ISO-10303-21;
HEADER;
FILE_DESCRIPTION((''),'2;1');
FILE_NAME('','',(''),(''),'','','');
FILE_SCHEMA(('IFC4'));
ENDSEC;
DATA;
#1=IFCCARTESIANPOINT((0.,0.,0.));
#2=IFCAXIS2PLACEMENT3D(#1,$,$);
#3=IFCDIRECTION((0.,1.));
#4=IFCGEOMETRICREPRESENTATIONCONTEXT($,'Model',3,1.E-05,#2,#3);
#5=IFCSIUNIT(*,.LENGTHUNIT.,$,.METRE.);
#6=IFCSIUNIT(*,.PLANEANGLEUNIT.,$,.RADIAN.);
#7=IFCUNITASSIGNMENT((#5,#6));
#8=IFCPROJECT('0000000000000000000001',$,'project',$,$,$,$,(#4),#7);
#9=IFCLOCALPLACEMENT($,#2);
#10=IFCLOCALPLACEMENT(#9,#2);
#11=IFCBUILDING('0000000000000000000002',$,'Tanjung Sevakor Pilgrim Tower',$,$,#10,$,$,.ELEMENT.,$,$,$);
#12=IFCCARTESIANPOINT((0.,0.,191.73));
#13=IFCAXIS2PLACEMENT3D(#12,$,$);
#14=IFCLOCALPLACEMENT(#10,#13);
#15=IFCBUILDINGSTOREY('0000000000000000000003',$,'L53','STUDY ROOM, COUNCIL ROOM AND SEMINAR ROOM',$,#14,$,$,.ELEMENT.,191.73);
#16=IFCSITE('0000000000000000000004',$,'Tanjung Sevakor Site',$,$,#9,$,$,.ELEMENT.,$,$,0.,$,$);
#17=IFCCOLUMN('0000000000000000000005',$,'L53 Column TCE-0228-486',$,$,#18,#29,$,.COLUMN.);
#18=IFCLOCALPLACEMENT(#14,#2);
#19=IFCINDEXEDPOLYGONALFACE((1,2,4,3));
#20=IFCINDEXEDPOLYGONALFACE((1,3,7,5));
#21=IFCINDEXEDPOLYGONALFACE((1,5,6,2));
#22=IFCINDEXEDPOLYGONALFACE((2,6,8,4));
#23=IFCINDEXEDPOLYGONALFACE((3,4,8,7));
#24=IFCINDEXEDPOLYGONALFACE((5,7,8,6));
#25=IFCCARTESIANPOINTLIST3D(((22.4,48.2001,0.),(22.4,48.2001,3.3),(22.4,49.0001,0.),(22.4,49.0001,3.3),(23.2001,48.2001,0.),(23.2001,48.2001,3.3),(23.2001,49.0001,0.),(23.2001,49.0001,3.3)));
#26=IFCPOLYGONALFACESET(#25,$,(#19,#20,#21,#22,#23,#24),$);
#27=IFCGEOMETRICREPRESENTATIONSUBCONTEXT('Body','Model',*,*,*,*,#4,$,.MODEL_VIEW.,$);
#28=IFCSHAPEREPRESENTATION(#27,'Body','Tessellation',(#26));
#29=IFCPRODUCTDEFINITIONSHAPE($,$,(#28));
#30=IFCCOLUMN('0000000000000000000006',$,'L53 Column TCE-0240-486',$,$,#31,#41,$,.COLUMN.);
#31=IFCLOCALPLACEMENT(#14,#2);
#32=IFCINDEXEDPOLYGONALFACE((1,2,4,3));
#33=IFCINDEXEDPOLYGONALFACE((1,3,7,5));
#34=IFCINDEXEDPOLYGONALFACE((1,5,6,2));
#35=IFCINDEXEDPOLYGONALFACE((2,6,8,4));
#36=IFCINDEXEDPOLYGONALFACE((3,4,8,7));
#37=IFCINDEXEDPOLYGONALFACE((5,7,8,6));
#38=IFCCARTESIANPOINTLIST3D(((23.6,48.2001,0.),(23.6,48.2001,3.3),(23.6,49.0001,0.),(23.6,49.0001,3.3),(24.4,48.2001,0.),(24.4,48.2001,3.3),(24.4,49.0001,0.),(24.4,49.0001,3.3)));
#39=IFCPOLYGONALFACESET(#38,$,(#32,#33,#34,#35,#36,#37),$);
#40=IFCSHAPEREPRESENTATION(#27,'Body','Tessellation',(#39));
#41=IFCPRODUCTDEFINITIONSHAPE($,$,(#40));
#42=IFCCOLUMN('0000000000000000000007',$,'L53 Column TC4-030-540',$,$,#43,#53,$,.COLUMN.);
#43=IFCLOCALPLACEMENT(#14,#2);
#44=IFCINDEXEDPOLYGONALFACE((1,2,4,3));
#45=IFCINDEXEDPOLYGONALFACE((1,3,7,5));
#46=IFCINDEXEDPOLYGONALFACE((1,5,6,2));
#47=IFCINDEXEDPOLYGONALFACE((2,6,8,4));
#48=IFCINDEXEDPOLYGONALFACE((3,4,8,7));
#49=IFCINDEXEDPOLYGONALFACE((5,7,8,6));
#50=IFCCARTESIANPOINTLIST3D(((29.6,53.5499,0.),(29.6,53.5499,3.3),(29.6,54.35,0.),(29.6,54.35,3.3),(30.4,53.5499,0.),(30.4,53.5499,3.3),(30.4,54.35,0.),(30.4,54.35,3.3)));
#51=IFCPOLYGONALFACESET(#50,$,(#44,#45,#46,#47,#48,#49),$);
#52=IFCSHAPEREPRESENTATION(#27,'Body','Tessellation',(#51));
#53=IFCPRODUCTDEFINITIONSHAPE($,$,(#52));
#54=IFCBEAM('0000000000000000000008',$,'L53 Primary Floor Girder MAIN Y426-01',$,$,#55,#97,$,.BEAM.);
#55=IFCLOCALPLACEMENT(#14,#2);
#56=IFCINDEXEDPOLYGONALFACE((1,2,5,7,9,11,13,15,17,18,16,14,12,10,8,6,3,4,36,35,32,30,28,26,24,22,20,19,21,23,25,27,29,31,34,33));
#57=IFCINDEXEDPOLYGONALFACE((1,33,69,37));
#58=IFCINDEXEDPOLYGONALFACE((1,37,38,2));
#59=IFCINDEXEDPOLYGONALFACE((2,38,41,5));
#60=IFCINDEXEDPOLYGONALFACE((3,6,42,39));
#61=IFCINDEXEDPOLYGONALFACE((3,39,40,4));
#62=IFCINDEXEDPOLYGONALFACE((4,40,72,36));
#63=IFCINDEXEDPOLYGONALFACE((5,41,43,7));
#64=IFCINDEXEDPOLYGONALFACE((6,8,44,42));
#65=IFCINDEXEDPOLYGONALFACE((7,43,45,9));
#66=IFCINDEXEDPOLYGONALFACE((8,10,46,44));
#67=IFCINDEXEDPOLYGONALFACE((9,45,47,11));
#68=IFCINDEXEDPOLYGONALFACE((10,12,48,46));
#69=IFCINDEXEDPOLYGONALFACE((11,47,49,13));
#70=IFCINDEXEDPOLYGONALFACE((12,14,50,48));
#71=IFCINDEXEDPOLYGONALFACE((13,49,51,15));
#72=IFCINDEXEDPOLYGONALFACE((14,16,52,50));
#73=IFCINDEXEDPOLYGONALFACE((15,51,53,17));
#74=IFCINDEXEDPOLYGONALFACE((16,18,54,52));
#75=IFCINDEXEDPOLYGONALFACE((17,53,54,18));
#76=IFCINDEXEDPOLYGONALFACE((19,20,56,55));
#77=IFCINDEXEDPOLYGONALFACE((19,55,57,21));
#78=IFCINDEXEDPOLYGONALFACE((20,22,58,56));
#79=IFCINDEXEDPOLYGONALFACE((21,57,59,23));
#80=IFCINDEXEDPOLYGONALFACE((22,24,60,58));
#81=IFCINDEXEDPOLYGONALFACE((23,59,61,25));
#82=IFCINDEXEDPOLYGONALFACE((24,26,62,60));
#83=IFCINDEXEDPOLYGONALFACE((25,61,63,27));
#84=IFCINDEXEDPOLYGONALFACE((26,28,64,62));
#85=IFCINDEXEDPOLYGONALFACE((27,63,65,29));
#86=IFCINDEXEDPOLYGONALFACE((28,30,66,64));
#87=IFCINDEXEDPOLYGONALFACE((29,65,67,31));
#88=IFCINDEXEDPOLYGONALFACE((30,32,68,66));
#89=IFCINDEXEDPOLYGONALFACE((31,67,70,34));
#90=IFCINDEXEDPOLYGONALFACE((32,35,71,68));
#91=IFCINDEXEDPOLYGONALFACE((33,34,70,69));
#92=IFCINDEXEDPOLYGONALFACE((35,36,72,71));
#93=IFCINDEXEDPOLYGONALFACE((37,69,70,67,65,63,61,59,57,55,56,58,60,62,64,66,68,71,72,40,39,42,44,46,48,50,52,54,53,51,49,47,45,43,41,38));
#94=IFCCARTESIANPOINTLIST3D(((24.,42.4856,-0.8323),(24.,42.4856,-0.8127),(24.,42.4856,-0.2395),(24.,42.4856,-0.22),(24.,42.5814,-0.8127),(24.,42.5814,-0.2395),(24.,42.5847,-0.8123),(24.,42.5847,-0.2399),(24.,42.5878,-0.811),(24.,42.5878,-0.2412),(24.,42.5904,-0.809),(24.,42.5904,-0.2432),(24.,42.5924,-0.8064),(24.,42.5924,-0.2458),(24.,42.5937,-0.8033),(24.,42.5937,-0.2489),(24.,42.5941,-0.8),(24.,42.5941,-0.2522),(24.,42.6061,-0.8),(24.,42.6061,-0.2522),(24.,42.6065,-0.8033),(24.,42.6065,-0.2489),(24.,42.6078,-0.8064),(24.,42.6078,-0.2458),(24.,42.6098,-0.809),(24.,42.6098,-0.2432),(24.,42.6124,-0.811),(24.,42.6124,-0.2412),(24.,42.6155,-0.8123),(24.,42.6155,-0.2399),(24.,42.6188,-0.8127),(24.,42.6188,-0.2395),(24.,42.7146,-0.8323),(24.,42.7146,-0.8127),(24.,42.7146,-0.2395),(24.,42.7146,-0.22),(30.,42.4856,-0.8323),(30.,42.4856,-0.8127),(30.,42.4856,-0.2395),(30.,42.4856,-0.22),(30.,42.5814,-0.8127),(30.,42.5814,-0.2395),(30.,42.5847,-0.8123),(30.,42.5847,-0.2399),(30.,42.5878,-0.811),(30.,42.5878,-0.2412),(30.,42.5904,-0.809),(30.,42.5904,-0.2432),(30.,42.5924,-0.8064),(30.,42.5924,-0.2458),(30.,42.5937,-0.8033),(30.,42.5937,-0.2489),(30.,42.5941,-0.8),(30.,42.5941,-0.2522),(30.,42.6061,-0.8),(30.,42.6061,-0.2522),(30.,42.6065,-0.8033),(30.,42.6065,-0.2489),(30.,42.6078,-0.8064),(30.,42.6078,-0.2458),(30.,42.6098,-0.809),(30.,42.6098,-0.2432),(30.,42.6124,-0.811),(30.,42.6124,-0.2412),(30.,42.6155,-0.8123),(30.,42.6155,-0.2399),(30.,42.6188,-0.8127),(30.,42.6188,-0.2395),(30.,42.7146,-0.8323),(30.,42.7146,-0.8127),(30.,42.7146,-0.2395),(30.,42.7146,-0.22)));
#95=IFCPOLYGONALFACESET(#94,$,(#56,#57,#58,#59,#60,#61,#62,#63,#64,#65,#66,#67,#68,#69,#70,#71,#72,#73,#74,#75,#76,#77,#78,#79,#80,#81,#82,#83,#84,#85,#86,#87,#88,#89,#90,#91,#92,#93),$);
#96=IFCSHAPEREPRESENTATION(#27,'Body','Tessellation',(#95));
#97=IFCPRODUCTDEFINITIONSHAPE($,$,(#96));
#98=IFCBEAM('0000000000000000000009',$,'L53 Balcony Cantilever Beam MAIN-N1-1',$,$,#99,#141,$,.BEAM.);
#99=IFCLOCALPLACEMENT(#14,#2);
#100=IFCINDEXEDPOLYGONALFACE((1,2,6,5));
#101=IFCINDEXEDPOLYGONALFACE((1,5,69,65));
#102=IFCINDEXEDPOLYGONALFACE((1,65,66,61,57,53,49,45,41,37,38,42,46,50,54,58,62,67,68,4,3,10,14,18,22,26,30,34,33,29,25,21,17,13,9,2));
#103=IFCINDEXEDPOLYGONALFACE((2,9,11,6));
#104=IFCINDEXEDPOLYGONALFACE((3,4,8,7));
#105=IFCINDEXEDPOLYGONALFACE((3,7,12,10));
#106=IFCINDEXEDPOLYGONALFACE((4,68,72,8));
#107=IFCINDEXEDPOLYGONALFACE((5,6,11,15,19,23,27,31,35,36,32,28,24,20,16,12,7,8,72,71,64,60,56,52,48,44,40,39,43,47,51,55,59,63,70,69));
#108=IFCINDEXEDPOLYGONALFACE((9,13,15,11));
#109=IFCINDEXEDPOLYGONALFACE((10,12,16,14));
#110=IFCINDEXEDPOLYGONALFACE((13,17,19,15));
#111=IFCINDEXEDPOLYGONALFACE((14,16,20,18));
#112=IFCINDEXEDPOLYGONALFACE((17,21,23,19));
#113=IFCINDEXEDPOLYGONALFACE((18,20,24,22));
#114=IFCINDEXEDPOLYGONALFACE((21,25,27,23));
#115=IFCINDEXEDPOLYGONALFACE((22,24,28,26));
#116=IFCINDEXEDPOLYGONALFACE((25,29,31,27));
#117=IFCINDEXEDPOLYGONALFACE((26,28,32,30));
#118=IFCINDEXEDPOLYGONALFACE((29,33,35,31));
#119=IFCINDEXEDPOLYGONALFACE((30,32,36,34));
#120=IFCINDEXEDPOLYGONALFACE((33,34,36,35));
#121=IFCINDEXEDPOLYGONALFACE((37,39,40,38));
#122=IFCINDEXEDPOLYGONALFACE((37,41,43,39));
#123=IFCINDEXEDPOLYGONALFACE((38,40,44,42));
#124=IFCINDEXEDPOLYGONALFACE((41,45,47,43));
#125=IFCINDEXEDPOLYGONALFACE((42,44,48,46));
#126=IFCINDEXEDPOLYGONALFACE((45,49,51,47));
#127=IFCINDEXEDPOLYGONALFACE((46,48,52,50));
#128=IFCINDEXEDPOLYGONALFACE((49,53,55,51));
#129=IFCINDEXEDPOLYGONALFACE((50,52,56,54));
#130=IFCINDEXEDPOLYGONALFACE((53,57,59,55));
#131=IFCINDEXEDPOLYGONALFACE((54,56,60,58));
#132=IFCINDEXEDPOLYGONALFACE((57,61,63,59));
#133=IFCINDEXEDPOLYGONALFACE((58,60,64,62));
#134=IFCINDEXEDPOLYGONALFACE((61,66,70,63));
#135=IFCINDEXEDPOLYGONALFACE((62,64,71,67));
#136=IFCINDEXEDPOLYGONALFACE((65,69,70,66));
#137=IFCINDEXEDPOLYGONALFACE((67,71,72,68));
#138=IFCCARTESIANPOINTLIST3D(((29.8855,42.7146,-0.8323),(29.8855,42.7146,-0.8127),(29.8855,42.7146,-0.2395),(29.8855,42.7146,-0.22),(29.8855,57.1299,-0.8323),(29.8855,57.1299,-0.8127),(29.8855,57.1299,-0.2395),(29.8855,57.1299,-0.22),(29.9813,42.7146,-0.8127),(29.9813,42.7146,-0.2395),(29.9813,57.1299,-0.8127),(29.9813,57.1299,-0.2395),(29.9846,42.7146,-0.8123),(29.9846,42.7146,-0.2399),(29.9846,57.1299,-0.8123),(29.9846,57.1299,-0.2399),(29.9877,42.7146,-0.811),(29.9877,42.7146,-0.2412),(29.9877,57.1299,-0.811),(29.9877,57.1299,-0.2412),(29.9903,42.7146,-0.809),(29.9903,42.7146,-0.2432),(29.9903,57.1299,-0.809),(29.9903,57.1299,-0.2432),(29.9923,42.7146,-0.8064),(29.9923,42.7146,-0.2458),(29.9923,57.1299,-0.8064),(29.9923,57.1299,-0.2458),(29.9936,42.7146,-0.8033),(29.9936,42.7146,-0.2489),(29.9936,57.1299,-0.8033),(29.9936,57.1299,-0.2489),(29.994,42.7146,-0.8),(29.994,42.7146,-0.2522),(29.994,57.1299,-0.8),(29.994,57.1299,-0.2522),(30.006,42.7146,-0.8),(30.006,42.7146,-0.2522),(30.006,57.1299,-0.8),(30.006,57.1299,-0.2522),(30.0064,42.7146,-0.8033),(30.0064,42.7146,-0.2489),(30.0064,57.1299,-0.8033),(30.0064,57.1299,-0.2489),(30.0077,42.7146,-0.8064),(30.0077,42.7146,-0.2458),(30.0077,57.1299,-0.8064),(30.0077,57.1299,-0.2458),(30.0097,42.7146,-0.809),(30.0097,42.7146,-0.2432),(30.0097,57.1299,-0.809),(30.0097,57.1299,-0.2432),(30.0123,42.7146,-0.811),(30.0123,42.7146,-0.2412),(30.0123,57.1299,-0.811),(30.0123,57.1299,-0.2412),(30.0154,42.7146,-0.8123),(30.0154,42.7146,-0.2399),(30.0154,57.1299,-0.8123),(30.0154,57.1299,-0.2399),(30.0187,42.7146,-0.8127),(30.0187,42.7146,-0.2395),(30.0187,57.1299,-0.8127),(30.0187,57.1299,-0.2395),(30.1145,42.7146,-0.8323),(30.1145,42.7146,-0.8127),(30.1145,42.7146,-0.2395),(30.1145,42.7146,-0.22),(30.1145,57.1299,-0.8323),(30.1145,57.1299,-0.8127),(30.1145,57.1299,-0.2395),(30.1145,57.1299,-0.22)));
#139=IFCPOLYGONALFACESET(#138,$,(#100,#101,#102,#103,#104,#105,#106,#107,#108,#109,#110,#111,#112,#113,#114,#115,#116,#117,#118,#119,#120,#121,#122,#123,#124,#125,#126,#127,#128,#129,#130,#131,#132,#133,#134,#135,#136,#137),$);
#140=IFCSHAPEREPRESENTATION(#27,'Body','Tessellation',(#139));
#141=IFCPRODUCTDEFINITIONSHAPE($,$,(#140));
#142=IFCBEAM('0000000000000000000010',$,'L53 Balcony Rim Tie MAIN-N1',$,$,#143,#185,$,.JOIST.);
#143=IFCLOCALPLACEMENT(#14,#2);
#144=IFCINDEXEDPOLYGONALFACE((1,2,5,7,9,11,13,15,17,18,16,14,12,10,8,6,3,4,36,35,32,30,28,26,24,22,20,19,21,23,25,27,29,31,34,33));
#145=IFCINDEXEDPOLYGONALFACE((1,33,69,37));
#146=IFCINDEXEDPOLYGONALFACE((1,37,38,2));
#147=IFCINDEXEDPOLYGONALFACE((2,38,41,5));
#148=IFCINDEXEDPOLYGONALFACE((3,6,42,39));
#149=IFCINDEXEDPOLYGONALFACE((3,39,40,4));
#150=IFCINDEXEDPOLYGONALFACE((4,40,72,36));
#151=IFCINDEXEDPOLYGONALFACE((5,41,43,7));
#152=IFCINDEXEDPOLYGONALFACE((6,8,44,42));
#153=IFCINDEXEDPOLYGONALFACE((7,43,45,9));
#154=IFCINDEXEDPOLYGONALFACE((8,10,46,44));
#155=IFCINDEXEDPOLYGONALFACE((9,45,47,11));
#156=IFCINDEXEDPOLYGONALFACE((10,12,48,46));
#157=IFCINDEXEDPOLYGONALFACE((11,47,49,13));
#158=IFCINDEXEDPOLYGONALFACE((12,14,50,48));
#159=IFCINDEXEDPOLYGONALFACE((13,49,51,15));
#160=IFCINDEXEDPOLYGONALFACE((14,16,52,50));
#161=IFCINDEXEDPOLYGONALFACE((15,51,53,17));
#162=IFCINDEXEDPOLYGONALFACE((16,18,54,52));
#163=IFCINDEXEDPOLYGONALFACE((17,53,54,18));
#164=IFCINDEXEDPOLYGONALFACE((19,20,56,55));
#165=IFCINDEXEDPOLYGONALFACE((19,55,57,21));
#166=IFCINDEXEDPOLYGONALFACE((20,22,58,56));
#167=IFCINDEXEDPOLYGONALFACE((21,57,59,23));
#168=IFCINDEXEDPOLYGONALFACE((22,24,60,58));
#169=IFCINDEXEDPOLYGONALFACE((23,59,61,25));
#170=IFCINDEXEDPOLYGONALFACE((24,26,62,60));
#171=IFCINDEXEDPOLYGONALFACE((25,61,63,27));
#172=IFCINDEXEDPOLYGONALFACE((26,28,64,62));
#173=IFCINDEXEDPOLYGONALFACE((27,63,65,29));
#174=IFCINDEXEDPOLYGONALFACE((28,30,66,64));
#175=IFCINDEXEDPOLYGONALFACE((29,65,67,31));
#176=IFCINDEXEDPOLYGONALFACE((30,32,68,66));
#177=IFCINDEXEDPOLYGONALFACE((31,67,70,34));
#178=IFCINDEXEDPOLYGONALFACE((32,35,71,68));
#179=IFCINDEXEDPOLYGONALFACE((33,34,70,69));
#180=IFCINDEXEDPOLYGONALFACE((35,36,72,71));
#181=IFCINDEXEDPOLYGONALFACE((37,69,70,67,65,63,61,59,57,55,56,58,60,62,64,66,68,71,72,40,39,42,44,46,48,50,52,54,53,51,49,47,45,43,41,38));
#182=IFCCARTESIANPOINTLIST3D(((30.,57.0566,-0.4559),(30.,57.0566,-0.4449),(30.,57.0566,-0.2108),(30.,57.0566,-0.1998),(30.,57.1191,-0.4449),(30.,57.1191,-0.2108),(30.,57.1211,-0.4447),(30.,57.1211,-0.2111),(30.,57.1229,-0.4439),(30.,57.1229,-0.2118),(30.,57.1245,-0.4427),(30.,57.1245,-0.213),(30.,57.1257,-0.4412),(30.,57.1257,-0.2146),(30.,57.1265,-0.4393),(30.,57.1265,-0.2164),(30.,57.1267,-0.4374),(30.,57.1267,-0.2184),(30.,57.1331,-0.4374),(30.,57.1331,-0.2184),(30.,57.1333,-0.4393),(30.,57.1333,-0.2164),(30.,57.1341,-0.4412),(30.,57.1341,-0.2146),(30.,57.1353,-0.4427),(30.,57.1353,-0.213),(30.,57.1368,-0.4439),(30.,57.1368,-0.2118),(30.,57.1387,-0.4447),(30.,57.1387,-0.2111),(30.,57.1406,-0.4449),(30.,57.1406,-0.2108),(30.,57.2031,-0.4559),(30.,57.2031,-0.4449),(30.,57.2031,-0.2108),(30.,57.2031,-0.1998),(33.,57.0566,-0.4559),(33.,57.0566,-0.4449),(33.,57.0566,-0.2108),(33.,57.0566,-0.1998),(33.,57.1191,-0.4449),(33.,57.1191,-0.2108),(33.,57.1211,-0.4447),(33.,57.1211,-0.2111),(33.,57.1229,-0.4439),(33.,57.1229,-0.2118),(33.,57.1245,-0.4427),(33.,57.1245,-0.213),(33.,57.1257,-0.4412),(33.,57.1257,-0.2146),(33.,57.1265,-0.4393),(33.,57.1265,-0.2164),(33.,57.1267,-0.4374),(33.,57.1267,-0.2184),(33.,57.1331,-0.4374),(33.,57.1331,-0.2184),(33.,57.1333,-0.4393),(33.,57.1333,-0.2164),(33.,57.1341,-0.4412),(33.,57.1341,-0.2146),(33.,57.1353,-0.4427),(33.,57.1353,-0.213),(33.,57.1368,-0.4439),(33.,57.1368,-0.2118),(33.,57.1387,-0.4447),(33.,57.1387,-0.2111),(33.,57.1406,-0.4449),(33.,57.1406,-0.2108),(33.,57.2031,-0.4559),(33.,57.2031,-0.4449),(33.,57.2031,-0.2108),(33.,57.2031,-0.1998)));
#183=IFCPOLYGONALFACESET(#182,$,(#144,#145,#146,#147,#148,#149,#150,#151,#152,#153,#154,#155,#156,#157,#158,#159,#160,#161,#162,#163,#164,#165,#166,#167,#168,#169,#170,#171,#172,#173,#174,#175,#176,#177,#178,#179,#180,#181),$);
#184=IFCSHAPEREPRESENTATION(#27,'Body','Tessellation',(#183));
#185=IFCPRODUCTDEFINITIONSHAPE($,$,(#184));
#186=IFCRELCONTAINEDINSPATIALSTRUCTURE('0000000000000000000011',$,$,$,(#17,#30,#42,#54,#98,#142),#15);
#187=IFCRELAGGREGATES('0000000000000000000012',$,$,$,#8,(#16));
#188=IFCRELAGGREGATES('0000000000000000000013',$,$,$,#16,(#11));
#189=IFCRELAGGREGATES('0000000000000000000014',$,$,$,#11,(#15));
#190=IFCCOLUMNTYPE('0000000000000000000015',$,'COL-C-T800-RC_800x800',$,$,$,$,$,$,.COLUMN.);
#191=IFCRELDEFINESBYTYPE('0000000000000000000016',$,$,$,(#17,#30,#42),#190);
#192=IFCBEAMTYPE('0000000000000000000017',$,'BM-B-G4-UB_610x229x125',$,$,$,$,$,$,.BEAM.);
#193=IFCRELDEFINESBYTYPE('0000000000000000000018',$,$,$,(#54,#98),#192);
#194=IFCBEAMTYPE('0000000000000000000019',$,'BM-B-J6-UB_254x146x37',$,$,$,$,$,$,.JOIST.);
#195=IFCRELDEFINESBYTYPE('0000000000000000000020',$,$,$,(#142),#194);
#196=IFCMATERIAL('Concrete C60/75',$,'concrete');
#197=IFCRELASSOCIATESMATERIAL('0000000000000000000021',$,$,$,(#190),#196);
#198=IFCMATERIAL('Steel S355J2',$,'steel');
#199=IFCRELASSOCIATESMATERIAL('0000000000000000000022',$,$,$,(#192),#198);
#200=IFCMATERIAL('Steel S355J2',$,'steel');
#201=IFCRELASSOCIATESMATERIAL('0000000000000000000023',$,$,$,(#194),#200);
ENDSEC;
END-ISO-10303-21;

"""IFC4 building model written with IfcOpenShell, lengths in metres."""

from ifc_helpers import new_model, si_unit, direction, frame, origin, origin_2d, place, context, subcontext, project, spatial, rectangle, i_section, extrude, material, material_profile, profile_set, type_object, element, save


model = new_model("IFC4")

# Units and contexts
model_context = context("Model", 3, precision=1e-05, world=origin(), true_north=direction((0.0, 1.0)))
body_context = subcontext(model_context, "Body", "Model", "MODEL_VIEW")
ifc_project = project(units=[si_unit("LENGTHUNIT", "METRE"), si_unit("PLANEANGLEUNIT", "RADIAN")], contexts=[model_context])

# Site, building, storey
site_placement = place(None, origin())
site = spatial("IfcSite", under=ifc_project, at=site_placement, Name="Tanjung Sevakor Site", CompositionType="ELEMENT", RefElevation=0.0)
building_placement = place(site_placement, origin())
building = spatial("IfcBuilding", under=site, at=building_placement, Name="Tanjung Sevakor Pilgrim Tower", CompositionType="ELEMENT")
storey_placement = place(building_placement, frame((0.0, 0.0, 191.73)))
storey = spatial("IfcBuildingStorey", under=building, at=storey_placement, Name="L53", Description="STUDY ROOM, COUNCIL ROOM AND SEMINAR ROOM", CompositionType="ELEMENT", Elevation=191.73)

# Columns
ifc_material_1 = material(Name="Concrete C60/75", Category="concrete")
ifc_material_profile_1 = material_profile(ifc_material_1, rectangle(XDim=0.8, YDim=0.8, at=origin_2d()))
ifc_profile_set_1 = profile_set([ifc_material_profile_1], Name="Concrete C60/75")
column_type = type_object("IfcColumnType", Name="COL-C-T800-RC_800x800", PredefinedType="COLUMN", material=ifc_profile_set_1)
for number, where, z_axis, x_axis, name in (
    (1, (22.8, 48.6001, 0.0), (0.0, 0.0, 1.0), (1.0, 0.0, 0.0), "L53 Column TCE-0228-486"),
    (2, (24.0, 48.6001, 0.0), (0.0, 0.0, 1.0), (1.0, 0.0, 0.0), "L53 Column TCE-0240-486"),
    (3, (30.0, 53.95, 0.0), (0.0, 0.0, 1.0), (1.0, 0.0, 0.0), "L53 Column TC4-030-540"),
):
    element("IfcColumn", number, at=place(storey_placement, frame(where, z_axis=z_axis, x_axis=x_axis)), inside=storey, type_object=column_type, Name=name, PredefinedType="COLUMN", context=body_context, shape_type="SweptSolid", body=[
        extrude(rectangle(XDim=0.8, YDim=0.8, at=origin_2d()), origin(), (0.0, 0.0, 1.0), 3.3),
    ])

# Beams
ifc_material_2 = material(Name="Steel S355J2", Category="steel")
ifc_material_profile_2 = material_profile(ifc_material_2, i_section(OverallWidth=0.229, OverallDepth=0.6123, WebThickness=0.012, FlangeThickness=0.0195, FilletRadius=0.0127, at=origin_2d()))
ifc_profile_set_2 = profile_set([ifc_material_profile_2], Name="Steel S355J2")
beam_type_1 = type_object("IfcBeamType", Name="BM-B-G4-UB_610x229x125", PredefinedType="BEAM", material=ifc_profile_set_2)
beam_1_placement = place(storey_placement, frame((24.0, 42.6001, -0.5261), z_axis=(1.0, 0.0, 0.0), x_axis=(0.0, 1.0, 0.0)))
element("IfcBeam", 4, at=beam_1_placement, inside=storey, type_object=beam_type_1, Name="L53 Primary Floor Girder MAIN Y426-01", PredefinedType="BEAM", context=body_context, shape_type="SweptSolid", body=[
    extrude(i_section(OverallWidth=0.229, OverallDepth=0.6123, WebThickness=0.012, FlangeThickness=0.0195, FilletRadius=0.0127, at=origin_2d()), origin(), (0.0, 0.0, 1.0), 6.0),
])
beam_2_placement = place(storey_placement, frame((30.0, 42.7146, -0.5261), z_axis=(0.0, 1.0, 0.0), x_axis=(-1.0, 0.0, 0.0)))
element("IfcBeam", 5, at=beam_2_placement, inside=storey, type_object=beam_type_1, Name="L53 Balcony Cantilever Beam MAIN-N1-1", PredefinedType="BEAM", context=body_context, shape_type="SweptSolid", body=[
    extrude(i_section(OverallWidth=0.229, OverallDepth=0.6123, WebThickness=0.012, FlangeThickness=0.0195, FilletRadius=0.0127, at=origin_2d()), origin(), (0.0, 0.0, 1.0), 14.4153),
])
ifc_material_3 = material(Name="Steel S355J2", Category="steel")
ifc_material_profile_3 = material_profile(ifc_material_3, i_section(OverallWidth=0.1465, OverallDepth=0.2561, WebThickness=0.0063, FlangeThickness=0.011, FilletRadius=0.0076, at=origin_2d()))
ifc_profile_set_3 = profile_set([ifc_material_profile_3], Name="Steel S355J2")
beam_type_2 = type_object("IfcBeamType", Name="BM-B-J6-UB_254x146x37", PredefinedType="JOIST", material=ifc_profile_set_3)
beam_3_placement = place(storey_placement, frame((30.0, 57.1299, -0.3279), z_axis=(1.0, 0.0, 0.0), x_axis=(0.0, 1.0, 0.0)))
element("IfcBeam", 6, at=beam_3_placement, inside=storey, type_object=beam_type_2, Name="L53 Balcony Rim Tie MAIN-N1", PredefinedType="JOIST", context=body_context, shape_type="SweptSolid", body=[
    extrude(i_section(OverallWidth=0.1465, OverallDepth=0.2561, WebThickness=0.0063, FlangeThickness=0.011, FilletRadius=0.0076, at=origin_2d()), origin(), (0.0, 0.0, 1.0), 3.0),
])

save(model, "model.ifc")
